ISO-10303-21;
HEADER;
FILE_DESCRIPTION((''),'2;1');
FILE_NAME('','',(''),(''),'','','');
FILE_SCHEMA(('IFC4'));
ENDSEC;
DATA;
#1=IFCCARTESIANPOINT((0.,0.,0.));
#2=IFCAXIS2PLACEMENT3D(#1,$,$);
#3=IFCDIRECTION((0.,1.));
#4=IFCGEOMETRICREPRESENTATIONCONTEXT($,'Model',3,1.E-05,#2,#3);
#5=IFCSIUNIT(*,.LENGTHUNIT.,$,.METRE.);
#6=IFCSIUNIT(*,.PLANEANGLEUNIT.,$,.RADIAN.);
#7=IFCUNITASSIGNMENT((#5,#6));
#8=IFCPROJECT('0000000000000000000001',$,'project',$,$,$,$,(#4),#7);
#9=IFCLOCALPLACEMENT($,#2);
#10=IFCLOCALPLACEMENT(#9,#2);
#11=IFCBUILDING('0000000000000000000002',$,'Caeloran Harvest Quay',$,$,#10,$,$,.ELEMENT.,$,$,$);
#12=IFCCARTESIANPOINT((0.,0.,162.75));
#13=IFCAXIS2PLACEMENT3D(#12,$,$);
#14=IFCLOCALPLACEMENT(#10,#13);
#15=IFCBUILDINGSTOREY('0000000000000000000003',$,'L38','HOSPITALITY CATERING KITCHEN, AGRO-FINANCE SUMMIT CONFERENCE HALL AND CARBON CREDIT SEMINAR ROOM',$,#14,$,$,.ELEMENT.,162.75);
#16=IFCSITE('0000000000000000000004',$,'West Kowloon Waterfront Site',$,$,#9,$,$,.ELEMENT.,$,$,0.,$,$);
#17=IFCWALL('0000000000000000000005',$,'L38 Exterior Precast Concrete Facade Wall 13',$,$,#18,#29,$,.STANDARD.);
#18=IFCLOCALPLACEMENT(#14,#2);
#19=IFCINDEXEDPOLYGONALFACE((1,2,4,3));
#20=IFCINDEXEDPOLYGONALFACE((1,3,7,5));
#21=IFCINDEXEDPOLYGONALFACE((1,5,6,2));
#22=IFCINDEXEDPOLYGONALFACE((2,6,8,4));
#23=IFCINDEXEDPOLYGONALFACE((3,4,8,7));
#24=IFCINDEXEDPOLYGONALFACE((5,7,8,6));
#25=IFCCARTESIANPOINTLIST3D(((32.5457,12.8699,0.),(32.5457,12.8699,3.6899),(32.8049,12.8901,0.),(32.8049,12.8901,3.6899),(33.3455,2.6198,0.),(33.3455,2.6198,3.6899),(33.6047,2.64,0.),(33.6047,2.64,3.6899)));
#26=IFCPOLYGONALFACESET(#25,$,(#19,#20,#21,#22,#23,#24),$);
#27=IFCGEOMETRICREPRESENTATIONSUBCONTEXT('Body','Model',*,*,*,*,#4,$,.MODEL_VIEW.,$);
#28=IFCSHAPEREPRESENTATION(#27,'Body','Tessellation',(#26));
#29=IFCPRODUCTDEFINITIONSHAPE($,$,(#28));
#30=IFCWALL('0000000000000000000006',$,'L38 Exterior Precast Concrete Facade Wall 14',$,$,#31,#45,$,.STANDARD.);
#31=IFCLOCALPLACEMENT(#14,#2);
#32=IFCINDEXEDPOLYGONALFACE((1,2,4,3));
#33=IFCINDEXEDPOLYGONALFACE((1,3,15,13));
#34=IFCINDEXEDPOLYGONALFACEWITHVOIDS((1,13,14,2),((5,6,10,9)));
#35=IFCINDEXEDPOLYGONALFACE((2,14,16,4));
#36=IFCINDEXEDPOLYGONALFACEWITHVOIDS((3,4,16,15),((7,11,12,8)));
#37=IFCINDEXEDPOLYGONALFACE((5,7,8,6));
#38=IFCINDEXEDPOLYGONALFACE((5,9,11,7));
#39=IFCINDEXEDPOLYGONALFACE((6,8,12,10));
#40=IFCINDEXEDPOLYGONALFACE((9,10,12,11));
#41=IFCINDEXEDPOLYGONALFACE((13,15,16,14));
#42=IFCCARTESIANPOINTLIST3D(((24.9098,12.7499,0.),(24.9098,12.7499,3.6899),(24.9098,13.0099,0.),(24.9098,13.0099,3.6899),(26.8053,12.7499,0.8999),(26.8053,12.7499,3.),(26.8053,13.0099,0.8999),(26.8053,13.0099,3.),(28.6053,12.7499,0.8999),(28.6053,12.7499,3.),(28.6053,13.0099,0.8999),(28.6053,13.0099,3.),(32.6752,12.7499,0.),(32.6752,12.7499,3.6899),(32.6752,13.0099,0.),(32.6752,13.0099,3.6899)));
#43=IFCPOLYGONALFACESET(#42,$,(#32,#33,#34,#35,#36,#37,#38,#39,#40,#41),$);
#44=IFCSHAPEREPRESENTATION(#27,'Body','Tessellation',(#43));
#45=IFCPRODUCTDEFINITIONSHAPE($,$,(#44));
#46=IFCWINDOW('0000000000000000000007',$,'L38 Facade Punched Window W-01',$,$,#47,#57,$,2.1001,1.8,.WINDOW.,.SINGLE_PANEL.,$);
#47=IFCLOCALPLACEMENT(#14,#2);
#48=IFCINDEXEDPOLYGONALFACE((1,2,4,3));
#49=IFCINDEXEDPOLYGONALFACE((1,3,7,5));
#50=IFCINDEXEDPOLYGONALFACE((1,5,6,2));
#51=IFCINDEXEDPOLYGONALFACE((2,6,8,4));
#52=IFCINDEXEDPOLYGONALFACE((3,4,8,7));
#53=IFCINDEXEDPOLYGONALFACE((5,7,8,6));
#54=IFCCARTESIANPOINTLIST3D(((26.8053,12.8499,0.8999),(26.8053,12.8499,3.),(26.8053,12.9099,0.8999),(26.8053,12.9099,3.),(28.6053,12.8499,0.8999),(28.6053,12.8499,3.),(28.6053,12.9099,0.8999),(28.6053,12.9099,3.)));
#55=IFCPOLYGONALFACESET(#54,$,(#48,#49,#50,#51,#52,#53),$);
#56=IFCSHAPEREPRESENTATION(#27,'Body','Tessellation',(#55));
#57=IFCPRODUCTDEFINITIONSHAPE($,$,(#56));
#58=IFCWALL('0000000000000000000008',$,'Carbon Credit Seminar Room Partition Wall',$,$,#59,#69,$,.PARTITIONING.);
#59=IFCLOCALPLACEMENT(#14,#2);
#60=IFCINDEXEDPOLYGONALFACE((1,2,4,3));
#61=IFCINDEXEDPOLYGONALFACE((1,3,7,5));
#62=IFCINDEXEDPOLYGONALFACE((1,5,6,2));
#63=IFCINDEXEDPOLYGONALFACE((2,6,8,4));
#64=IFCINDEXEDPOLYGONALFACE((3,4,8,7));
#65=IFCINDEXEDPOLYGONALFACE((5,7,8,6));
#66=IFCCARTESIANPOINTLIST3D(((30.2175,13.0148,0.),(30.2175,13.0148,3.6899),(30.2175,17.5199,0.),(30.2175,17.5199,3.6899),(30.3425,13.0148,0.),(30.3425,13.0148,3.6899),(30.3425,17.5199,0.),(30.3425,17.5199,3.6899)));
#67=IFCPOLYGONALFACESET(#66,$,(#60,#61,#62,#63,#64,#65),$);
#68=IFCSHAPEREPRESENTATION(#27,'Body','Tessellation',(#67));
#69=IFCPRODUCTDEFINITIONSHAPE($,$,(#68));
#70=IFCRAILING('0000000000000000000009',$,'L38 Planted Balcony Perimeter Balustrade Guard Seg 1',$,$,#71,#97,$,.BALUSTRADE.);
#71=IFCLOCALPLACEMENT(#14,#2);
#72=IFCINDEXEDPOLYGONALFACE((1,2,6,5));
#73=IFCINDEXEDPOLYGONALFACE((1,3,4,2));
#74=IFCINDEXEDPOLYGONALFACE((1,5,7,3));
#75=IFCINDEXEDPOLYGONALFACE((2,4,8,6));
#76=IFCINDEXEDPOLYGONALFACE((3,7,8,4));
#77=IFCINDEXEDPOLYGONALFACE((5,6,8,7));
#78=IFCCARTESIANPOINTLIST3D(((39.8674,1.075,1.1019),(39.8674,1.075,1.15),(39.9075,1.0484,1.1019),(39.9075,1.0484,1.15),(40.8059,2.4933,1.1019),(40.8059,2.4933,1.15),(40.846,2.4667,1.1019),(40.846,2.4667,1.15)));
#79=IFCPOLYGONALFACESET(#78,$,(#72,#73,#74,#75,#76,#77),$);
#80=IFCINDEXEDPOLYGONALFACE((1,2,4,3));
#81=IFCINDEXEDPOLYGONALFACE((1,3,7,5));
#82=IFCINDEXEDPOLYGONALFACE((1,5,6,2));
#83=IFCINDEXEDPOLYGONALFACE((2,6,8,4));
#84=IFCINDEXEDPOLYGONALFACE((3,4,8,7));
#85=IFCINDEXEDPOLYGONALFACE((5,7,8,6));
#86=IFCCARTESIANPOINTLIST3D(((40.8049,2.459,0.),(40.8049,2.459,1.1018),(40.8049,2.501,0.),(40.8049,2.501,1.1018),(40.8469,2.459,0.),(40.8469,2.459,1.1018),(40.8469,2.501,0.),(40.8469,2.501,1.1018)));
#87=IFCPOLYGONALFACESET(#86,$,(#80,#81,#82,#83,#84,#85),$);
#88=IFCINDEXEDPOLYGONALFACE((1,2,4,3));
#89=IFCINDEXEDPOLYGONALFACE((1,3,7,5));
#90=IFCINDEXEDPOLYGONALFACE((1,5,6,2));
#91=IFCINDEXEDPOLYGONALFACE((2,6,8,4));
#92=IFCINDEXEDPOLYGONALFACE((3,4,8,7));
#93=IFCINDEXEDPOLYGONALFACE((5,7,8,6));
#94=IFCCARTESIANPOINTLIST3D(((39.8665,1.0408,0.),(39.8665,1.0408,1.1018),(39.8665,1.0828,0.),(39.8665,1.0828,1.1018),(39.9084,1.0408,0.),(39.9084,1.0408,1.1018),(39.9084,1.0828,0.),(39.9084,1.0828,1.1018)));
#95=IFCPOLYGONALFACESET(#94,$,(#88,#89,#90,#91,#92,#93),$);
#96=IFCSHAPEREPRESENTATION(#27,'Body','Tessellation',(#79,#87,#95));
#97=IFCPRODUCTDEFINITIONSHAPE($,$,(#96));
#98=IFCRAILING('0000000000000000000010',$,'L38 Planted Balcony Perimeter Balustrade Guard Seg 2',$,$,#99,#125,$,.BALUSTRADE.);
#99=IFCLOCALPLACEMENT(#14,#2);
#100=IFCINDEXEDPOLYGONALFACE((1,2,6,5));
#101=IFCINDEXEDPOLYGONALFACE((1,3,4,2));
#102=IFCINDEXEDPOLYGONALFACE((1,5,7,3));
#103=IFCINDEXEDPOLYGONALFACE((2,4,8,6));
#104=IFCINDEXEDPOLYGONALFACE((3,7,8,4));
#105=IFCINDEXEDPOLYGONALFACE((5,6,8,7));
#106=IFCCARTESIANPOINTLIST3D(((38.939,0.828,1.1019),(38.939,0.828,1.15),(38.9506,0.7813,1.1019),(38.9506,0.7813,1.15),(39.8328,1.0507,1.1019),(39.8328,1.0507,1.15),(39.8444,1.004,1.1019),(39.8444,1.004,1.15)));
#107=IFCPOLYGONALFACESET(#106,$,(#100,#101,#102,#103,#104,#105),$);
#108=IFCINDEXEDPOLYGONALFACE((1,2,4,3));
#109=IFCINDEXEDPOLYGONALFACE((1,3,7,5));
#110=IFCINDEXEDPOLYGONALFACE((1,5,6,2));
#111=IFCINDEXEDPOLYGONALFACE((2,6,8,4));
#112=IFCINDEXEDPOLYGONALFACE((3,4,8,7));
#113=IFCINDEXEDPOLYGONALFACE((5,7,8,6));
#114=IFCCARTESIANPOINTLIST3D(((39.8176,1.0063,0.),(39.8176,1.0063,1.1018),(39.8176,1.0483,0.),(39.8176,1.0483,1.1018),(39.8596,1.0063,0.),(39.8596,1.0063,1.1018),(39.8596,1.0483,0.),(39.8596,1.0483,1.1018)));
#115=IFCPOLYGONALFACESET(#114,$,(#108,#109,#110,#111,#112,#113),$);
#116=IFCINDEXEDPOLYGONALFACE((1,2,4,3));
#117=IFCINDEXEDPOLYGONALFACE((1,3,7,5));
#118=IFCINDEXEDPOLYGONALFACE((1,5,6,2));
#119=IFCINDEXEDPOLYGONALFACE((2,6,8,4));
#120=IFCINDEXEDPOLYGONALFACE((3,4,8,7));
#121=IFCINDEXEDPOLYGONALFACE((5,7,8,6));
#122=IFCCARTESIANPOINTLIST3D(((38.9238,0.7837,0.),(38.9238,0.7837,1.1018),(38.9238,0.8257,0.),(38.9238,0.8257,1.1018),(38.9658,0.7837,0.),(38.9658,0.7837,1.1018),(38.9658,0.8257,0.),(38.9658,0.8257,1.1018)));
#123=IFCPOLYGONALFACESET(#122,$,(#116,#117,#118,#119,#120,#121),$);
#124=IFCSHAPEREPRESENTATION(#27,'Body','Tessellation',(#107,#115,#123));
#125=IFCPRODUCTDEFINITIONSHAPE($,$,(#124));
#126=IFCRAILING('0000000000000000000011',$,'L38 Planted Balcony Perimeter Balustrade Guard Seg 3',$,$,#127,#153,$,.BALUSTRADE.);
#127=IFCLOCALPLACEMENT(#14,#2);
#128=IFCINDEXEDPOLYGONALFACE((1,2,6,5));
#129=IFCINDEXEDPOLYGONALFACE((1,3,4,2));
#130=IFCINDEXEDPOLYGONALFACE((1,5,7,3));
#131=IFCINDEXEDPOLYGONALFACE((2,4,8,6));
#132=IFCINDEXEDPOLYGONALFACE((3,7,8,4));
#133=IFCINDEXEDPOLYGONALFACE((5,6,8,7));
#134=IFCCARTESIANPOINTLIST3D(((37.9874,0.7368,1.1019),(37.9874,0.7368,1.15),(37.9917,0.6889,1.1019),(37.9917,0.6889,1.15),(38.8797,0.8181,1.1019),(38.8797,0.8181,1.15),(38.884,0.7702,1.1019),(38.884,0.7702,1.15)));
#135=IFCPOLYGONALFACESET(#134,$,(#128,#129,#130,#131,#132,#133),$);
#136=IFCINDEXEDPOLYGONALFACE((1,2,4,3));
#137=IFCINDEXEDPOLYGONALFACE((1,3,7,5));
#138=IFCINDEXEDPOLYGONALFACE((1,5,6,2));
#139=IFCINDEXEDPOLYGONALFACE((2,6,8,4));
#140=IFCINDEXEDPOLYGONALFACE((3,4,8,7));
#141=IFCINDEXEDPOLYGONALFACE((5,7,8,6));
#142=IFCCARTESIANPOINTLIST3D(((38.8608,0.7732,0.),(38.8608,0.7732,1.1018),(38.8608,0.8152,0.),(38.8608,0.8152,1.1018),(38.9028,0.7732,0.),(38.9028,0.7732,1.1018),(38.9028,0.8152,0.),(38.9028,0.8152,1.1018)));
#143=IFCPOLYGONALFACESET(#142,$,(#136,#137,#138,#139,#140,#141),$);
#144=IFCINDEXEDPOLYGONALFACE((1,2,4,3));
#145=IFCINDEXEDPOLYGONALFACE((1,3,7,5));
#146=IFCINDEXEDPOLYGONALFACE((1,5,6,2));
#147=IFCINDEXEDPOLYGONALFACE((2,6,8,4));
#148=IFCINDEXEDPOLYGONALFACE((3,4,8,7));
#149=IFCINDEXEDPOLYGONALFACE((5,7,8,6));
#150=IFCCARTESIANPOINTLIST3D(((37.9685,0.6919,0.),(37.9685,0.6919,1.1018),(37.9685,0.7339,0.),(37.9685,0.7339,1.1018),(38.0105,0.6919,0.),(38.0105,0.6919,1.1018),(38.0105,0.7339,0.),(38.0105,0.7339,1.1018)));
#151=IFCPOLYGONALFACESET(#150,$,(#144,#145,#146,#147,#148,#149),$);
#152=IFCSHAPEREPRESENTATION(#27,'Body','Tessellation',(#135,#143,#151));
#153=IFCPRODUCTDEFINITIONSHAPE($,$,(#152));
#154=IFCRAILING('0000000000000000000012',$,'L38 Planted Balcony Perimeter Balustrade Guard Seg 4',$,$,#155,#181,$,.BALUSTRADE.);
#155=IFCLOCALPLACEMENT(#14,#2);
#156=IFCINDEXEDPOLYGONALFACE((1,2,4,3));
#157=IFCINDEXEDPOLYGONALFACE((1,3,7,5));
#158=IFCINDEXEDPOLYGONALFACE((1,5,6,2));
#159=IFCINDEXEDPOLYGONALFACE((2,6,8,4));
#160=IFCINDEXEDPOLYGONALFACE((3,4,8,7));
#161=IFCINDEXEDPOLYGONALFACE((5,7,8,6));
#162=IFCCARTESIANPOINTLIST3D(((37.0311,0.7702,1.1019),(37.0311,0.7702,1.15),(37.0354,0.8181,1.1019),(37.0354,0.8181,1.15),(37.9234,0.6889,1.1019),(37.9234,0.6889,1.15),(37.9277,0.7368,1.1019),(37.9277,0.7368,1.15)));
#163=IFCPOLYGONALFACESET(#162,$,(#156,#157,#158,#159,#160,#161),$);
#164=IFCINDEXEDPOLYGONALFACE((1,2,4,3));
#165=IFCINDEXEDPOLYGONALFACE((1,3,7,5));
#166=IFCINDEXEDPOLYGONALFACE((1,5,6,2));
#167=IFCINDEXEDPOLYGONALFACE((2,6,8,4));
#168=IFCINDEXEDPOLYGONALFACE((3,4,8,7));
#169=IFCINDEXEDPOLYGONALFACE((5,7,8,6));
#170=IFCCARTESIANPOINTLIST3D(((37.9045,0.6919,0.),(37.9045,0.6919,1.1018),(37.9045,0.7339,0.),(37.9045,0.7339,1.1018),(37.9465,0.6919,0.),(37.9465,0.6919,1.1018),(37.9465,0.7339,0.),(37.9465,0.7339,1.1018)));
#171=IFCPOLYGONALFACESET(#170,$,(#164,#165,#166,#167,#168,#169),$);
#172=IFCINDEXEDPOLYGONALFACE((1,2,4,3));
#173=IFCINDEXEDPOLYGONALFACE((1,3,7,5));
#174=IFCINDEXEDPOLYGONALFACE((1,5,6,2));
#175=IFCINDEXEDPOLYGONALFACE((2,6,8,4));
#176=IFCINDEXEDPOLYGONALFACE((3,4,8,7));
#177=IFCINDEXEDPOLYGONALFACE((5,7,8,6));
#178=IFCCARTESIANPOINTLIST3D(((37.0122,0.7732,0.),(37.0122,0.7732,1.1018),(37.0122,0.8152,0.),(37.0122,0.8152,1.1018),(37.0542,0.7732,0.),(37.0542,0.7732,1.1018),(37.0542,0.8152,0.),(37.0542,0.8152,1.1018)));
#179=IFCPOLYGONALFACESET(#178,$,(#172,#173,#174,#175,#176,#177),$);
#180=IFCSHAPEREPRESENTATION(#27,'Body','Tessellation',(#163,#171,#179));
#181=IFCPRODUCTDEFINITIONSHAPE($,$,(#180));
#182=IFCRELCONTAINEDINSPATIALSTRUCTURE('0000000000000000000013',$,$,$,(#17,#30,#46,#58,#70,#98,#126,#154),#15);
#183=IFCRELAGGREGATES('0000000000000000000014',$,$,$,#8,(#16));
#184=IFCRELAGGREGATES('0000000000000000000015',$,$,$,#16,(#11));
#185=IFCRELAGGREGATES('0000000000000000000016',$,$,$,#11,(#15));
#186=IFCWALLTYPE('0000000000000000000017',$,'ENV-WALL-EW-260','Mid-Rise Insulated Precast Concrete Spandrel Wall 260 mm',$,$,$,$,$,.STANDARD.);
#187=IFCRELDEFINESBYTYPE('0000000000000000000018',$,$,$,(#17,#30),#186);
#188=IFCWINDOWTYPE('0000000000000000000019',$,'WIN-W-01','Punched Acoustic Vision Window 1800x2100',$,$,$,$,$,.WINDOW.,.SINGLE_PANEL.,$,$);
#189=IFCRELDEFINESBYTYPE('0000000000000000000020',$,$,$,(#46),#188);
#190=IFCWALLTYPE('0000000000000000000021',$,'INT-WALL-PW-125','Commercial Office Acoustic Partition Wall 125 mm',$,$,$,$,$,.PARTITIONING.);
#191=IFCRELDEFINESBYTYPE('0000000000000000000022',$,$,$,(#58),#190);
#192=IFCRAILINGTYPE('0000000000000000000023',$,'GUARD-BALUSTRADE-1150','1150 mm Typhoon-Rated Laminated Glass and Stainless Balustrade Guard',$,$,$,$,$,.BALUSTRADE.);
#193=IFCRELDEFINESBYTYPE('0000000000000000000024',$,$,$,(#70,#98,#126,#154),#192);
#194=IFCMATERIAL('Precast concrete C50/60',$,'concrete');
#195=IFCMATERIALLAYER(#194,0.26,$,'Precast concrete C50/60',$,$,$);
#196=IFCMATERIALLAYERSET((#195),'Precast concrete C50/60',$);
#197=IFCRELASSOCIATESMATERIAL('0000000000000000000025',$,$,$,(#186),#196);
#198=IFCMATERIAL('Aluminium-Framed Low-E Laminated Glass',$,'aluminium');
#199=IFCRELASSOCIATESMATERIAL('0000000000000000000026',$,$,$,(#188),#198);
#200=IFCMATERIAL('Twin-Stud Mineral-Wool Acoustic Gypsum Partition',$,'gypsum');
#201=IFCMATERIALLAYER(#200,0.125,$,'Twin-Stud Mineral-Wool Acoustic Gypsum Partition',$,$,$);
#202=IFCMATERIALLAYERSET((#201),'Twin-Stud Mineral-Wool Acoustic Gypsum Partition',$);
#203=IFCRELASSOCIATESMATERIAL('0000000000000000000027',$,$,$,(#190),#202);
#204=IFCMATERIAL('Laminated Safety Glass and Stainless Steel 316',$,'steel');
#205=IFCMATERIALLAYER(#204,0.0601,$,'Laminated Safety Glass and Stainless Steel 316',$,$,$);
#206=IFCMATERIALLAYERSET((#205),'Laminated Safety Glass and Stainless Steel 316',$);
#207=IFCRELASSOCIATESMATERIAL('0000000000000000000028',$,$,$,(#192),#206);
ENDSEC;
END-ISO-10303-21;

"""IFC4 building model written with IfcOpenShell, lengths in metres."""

from ifc_helpers import new_model, si_unit, direction, frame, frame_2d, origin, origin_2d, place, context, subcontext, project, spatial, rectangle, extrude, material, layer, layer_set, type_object, element, fill, save


model = new_model("IFC4")

# Units and contexts
model_context = context("Model", 3, precision=1e-05, world=origin(), true_north=direction((0.0, 1.0)))
body_context = subcontext(model_context, "Body", "Model", "MODEL_VIEW")
ifc_project = project(units=[si_unit("LENGTHUNIT", "METRE"), si_unit("PLANEANGLEUNIT", "RADIAN")], contexts=[model_context])

# Site, building, storey
site_placement = place(None, origin())
site = spatial("IfcSite", under=ifc_project, at=site_placement, Name="West Kowloon Waterfront Site", CompositionType="ELEMENT", RefElevation=0.0)
building_placement = place(site_placement, origin())
building = spatial("IfcBuilding", under=site, at=building_placement, Name="Caeloran Harvest Quay", CompositionType="ELEMENT")
storey_placement = place(building_placement, frame((0.0, 0.0, 162.75)))
storey = spatial("IfcBuildingStorey", under=building, at=storey_placement, Name="L38", Description="HOSPITALITY CATERING KITCHEN, AGRO-FINANCE SUMMIT CONFERENCE HALL AND CARBON CREDIT SEMINAR ROOM", CompositionType="ELEMENT", Elevation=162.75)

# Shared definitions
ifc_material_1 = material(Name="Precast concrete C50/60", Category="concrete")

# Shared definitions
ifc_layer_1 = layer(ifc_material_1, 0.26, Name="Precast concrete C50/60")
ifc_layer_set_1 = layer_set([ifc_layer_1], Name="Precast concrete C50/60")
wall_type_1 = type_object("IfcWallType", Name="ENV-WALL-EW-260", Description="Mid-Rise Insulated Precast Concrete Spandrel Wall 260 mm", PredefinedType="STANDARD", material=ifc_layer_set_1)

# Wall
wall_1_placement = place(storey_placement, frame((33.4751, 2.6299, 0.0), z_axis=(0.0, 0.0, 1.0), x_axis=(-0.077793, 0.99697, 0.0)))
element("IfcWall", 1, at=wall_1_placement, inside=storey, type_object=wall_type_1, Name="L38 Exterior Precast Concrete Facade Wall 13", PredefinedType="STANDARD", context=body_context, shape_type="SweptSolid", body=[
    extrude(rectangle(XDim=10.2812, YDim=0.26, at=frame_2d((5.1406, 0.0))), origin(), (0.0, 0.0, 1.0), 3.6899),
])

# Wall, opening, window
wall_2_placement = place(storey_placement, frame((32.6753, 12.8799, 0.0), z_axis=(0.0, 0.0, 1.0), x_axis=(-1.0, 0.0, 0.0)))
wall_2 = element("IfcWall", 2, at=wall_2_placement, inside=storey, type_object=wall_type_1, Name="L38 Exterior Precast Concrete Facade Wall 14", PredefinedType="STANDARD", context=body_context, shape_type="SweptSolid", body=[
    extrude(rectangle(XDim=7.7654, YDim=0.26, at=frame_2d((3.8828, 0.0))), origin(), (0.0, 0.0, 1.0), 3.6899),
])
opening_1_placement = place(wall_2_placement, frame((4.0701, 0.0, 0.8999)))
opening_1 = element("IfcOpeningElement", 3, at=opening_1_placement, cuts=wall_2, PredefinedType="OPENING", context=body_context, shape_type="SweptSolid", body=[
    extrude(rectangle(XDim=1.8, YDim=2.1001, at=frame_2d((0.8999, 1.05))), frame((0.0, 0.1401, 0.0), z_axis=(0.0, -1.0, 0.0), x_axis=(1.0, 0.0, 0.0)), (0.0, 0.0, 1.0), 0.28),
])
ifc_material_2 = material(Name="Aluminium-Framed Low-E Laminated Glass", Category="aluminium")
window_type = type_object("IfcWindowType", Name="WIN-W-01", Description="Punched Acoustic Vision Window 1800x2100", PartitioningType="SINGLE_PANEL", PredefinedType="WINDOW", material=ifc_material_2)
window_placement = place(opening_1_placement, origin())
window = element("IfcWindow", 4, at=window_placement, inside=storey, type_object=window_type, Name="L38 Facade Punched Window W-01", OverallHeight=2.1001, OverallWidth=1.8, PartitioningType="SINGLE_PANEL", PredefinedType="WINDOW", context=body_context, shape_type="SweptSolid", body=[
    extrude(rectangle(XDim=1.8, YDim=2.1001, at=frame_2d((0.8999, 1.05))), frame((0.0, 0.03, 0.0), z_axis=(0.0, -1.0, 0.0), x_axis=(1.0, 0.0, 0.0)), (0.0, 0.0, 1.0), 0.0601),
])
fill(opening_1, window)

# Wall
ifc_material_3 = material(Name="Twin-Stud Mineral-Wool Acoustic Gypsum Partition", Category="gypsum")
ifc_layer_2 = layer(ifc_material_3, 0.125, Name="Twin-Stud Mineral-Wool Acoustic Gypsum Partition")
ifc_layer_set_2 = layer_set([ifc_layer_2], Name="Twin-Stud Mineral-Wool Acoustic Gypsum Partition")
wall_type_2 = type_object("IfcWallType", Name="INT-WALL-PW-125", Description="Commercial Office Acoustic Partition Wall 125 mm", PredefinedType="PARTITIONING", material=ifc_layer_set_2)
wall_3_placement = place(storey_placement, frame((30.28, 13.0149, 0.0), z_axis=(0.0, 0.0, 1.0), x_axis=(0.0, 1.0, 0.0)))
element("IfcWall", 5, at=wall_3_placement, inside=storey, type_object=wall_type_2, Name="Carbon Credit Seminar Room Partition Wall", PredefinedType="PARTITIONING", context=body_context, shape_type="SweptSolid", body=[
    extrude(rectangle(XDim=4.5051, YDim=0.125, at=frame_2d((2.2524, 0.0))), origin(), (0.0, 0.0, 1.0), 3.6899),
])

# Railings
ifc_material_4 = material(Name="Laminated Safety Glass and Stainless Steel 316", Category="steel")
ifc_layer_3 = layer(ifc_material_4, 0.0601, Name="Laminated Safety Glass and Stainless Steel 316")
ifc_layer_set_3 = layer_set([ifc_layer_3], Name="Laminated Safety Glass and Stainless Steel 316")
railing_type = type_object("IfcRailingType", Name="GUARD-BALUSTRADE-1150", Description="1150 mm Typhoon-Rated Laminated Glass and Stainless Balustrade Guard", PredefinedType="BALUSTRADE", material=ifc_layer_set_3)
railing_1_placement = place(storey_placement, frame((40.8259, 2.48, 0.0)))
element("IfcRailing", 6, at=railing_1_placement, inside=storey, type_object=railing_type, Name="L38 Planted Balcony Perimeter Balustrade Guard Seg 1", PredefinedType="BALUSTRADE", context=body_context, shape_type="SweptSolid", body=[
    extrude(rectangle(XDim=0.0481, YDim=0.0481, at=origin_2d()), frame((0.0, 0.0, 1.126), z_axis=(-0.551848, -0.833945, 0.0), x_axis=(0.833945, -0.551848, 0.0)), (0.0, 0.0, 1.0), 1.7007),
    extrude(rectangle(XDim=0.042, YDim=0.042, at=origin_2d()), origin(), (0.0, 0.0, 1.0), 1.1018),
    extrude(rectangle(XDim=0.042, YDim=0.042, at=origin_2d()), frame((-0.9385, -1.4182, 0.0)), (0.0, 0.0, 1.0), 1.1018),
])
railing_2_placement = place(storey_placement, frame((39.8386, 1.0273, 0.0)))
element("IfcRailing", 7, at=railing_2_placement, inside=storey, type_object=railing_type, Name="L38 Planted Balcony Perimeter Balustrade Guard Seg 2", PredefinedType="BALUSTRADE", context=body_context, shape_type="SweptSolid", body=[
    extrude(rectangle(XDim=0.0481, YDim=0.0481, at=origin_2d()), frame((0.0, 0.0, 1.126), z_axis=(-0.970345, -0.241725, 0.0), x_axis=(0.241725, -0.970345, 0.0)), (0.0, 0.0, 1.0), 0.9211),
    extrude(rectangle(XDim=0.042, YDim=0.042, at=origin_2d()), origin(), (0.0, 0.0, 1.0), 1.1018),
    extrude(rectangle(XDim=0.042, YDim=0.042, at=origin_2d()), frame((-0.8938, -0.2227, 0.0)), (0.0, 0.0, 1.0), 1.1018),
])
railing_3_placement = place(storey_placement, frame((38.8818, 0.7942, 0.0)))
element("IfcRailing", 8, at=railing_3_placement, inside=storey, type_object=railing_type, Name="L38 Planted Balcony Perimeter Balustrade Guard Seg 3", PredefinedType="BALUSTRADE", context=body_context, shape_type="SweptSolid", body=[
    extrude(rectangle(XDim=0.0481, YDim=0.0481, at=origin_2d()), frame((0.0, 0.0, 1.126), z_axis=(-0.995875, -0.090732, 0.0), x_axis=(0.090732, -0.995875, 0.0)), (0.0, 0.0, 1.0), 0.896),
    extrude(rectangle(XDim=0.042, YDim=0.042, at=origin_2d()), origin(), (0.0, 0.0, 1.0), 1.1018),
    extrude(rectangle(XDim=0.042, YDim=0.042, at=origin_2d()), frame((-0.8923, -0.0813, 0.0)), (0.0, 0.0, 1.0), 1.1018),
])
railing_4_placement = place(storey_placement, frame((37.9255, 0.7129, 0.0)))
element("IfcRailing", 9, at=railing_4_placement, inside=storey, type_object=railing_type, Name="L38 Planted Balcony Perimeter Balustrade Guard Seg 4", PredefinedType="BALUSTRADE", context=body_context, shape_type="SweptSolid", body=[
    extrude(rectangle(XDim=0.0481, YDim=0.0481, at=origin_2d()), frame((0.0, 0.0, 1.126), z_axis=(-0.995875, 0.090732, 0.0), x_axis=(-0.090732, -0.995875, 0.0)), (0.0, 0.0, 1.0), 0.896),
    extrude(rectangle(XDim=0.042, YDim=0.042, at=origin_2d()), origin(), (0.0, 0.0, 1.0), 1.1018),
    extrude(rectangle(XDim=0.042, YDim=0.042, at=origin_2d()), frame((-0.8923, 0.0813, 0.0)), (0.0, 0.0, 1.0), 1.1018),
])

save(model, "model.ifc")
